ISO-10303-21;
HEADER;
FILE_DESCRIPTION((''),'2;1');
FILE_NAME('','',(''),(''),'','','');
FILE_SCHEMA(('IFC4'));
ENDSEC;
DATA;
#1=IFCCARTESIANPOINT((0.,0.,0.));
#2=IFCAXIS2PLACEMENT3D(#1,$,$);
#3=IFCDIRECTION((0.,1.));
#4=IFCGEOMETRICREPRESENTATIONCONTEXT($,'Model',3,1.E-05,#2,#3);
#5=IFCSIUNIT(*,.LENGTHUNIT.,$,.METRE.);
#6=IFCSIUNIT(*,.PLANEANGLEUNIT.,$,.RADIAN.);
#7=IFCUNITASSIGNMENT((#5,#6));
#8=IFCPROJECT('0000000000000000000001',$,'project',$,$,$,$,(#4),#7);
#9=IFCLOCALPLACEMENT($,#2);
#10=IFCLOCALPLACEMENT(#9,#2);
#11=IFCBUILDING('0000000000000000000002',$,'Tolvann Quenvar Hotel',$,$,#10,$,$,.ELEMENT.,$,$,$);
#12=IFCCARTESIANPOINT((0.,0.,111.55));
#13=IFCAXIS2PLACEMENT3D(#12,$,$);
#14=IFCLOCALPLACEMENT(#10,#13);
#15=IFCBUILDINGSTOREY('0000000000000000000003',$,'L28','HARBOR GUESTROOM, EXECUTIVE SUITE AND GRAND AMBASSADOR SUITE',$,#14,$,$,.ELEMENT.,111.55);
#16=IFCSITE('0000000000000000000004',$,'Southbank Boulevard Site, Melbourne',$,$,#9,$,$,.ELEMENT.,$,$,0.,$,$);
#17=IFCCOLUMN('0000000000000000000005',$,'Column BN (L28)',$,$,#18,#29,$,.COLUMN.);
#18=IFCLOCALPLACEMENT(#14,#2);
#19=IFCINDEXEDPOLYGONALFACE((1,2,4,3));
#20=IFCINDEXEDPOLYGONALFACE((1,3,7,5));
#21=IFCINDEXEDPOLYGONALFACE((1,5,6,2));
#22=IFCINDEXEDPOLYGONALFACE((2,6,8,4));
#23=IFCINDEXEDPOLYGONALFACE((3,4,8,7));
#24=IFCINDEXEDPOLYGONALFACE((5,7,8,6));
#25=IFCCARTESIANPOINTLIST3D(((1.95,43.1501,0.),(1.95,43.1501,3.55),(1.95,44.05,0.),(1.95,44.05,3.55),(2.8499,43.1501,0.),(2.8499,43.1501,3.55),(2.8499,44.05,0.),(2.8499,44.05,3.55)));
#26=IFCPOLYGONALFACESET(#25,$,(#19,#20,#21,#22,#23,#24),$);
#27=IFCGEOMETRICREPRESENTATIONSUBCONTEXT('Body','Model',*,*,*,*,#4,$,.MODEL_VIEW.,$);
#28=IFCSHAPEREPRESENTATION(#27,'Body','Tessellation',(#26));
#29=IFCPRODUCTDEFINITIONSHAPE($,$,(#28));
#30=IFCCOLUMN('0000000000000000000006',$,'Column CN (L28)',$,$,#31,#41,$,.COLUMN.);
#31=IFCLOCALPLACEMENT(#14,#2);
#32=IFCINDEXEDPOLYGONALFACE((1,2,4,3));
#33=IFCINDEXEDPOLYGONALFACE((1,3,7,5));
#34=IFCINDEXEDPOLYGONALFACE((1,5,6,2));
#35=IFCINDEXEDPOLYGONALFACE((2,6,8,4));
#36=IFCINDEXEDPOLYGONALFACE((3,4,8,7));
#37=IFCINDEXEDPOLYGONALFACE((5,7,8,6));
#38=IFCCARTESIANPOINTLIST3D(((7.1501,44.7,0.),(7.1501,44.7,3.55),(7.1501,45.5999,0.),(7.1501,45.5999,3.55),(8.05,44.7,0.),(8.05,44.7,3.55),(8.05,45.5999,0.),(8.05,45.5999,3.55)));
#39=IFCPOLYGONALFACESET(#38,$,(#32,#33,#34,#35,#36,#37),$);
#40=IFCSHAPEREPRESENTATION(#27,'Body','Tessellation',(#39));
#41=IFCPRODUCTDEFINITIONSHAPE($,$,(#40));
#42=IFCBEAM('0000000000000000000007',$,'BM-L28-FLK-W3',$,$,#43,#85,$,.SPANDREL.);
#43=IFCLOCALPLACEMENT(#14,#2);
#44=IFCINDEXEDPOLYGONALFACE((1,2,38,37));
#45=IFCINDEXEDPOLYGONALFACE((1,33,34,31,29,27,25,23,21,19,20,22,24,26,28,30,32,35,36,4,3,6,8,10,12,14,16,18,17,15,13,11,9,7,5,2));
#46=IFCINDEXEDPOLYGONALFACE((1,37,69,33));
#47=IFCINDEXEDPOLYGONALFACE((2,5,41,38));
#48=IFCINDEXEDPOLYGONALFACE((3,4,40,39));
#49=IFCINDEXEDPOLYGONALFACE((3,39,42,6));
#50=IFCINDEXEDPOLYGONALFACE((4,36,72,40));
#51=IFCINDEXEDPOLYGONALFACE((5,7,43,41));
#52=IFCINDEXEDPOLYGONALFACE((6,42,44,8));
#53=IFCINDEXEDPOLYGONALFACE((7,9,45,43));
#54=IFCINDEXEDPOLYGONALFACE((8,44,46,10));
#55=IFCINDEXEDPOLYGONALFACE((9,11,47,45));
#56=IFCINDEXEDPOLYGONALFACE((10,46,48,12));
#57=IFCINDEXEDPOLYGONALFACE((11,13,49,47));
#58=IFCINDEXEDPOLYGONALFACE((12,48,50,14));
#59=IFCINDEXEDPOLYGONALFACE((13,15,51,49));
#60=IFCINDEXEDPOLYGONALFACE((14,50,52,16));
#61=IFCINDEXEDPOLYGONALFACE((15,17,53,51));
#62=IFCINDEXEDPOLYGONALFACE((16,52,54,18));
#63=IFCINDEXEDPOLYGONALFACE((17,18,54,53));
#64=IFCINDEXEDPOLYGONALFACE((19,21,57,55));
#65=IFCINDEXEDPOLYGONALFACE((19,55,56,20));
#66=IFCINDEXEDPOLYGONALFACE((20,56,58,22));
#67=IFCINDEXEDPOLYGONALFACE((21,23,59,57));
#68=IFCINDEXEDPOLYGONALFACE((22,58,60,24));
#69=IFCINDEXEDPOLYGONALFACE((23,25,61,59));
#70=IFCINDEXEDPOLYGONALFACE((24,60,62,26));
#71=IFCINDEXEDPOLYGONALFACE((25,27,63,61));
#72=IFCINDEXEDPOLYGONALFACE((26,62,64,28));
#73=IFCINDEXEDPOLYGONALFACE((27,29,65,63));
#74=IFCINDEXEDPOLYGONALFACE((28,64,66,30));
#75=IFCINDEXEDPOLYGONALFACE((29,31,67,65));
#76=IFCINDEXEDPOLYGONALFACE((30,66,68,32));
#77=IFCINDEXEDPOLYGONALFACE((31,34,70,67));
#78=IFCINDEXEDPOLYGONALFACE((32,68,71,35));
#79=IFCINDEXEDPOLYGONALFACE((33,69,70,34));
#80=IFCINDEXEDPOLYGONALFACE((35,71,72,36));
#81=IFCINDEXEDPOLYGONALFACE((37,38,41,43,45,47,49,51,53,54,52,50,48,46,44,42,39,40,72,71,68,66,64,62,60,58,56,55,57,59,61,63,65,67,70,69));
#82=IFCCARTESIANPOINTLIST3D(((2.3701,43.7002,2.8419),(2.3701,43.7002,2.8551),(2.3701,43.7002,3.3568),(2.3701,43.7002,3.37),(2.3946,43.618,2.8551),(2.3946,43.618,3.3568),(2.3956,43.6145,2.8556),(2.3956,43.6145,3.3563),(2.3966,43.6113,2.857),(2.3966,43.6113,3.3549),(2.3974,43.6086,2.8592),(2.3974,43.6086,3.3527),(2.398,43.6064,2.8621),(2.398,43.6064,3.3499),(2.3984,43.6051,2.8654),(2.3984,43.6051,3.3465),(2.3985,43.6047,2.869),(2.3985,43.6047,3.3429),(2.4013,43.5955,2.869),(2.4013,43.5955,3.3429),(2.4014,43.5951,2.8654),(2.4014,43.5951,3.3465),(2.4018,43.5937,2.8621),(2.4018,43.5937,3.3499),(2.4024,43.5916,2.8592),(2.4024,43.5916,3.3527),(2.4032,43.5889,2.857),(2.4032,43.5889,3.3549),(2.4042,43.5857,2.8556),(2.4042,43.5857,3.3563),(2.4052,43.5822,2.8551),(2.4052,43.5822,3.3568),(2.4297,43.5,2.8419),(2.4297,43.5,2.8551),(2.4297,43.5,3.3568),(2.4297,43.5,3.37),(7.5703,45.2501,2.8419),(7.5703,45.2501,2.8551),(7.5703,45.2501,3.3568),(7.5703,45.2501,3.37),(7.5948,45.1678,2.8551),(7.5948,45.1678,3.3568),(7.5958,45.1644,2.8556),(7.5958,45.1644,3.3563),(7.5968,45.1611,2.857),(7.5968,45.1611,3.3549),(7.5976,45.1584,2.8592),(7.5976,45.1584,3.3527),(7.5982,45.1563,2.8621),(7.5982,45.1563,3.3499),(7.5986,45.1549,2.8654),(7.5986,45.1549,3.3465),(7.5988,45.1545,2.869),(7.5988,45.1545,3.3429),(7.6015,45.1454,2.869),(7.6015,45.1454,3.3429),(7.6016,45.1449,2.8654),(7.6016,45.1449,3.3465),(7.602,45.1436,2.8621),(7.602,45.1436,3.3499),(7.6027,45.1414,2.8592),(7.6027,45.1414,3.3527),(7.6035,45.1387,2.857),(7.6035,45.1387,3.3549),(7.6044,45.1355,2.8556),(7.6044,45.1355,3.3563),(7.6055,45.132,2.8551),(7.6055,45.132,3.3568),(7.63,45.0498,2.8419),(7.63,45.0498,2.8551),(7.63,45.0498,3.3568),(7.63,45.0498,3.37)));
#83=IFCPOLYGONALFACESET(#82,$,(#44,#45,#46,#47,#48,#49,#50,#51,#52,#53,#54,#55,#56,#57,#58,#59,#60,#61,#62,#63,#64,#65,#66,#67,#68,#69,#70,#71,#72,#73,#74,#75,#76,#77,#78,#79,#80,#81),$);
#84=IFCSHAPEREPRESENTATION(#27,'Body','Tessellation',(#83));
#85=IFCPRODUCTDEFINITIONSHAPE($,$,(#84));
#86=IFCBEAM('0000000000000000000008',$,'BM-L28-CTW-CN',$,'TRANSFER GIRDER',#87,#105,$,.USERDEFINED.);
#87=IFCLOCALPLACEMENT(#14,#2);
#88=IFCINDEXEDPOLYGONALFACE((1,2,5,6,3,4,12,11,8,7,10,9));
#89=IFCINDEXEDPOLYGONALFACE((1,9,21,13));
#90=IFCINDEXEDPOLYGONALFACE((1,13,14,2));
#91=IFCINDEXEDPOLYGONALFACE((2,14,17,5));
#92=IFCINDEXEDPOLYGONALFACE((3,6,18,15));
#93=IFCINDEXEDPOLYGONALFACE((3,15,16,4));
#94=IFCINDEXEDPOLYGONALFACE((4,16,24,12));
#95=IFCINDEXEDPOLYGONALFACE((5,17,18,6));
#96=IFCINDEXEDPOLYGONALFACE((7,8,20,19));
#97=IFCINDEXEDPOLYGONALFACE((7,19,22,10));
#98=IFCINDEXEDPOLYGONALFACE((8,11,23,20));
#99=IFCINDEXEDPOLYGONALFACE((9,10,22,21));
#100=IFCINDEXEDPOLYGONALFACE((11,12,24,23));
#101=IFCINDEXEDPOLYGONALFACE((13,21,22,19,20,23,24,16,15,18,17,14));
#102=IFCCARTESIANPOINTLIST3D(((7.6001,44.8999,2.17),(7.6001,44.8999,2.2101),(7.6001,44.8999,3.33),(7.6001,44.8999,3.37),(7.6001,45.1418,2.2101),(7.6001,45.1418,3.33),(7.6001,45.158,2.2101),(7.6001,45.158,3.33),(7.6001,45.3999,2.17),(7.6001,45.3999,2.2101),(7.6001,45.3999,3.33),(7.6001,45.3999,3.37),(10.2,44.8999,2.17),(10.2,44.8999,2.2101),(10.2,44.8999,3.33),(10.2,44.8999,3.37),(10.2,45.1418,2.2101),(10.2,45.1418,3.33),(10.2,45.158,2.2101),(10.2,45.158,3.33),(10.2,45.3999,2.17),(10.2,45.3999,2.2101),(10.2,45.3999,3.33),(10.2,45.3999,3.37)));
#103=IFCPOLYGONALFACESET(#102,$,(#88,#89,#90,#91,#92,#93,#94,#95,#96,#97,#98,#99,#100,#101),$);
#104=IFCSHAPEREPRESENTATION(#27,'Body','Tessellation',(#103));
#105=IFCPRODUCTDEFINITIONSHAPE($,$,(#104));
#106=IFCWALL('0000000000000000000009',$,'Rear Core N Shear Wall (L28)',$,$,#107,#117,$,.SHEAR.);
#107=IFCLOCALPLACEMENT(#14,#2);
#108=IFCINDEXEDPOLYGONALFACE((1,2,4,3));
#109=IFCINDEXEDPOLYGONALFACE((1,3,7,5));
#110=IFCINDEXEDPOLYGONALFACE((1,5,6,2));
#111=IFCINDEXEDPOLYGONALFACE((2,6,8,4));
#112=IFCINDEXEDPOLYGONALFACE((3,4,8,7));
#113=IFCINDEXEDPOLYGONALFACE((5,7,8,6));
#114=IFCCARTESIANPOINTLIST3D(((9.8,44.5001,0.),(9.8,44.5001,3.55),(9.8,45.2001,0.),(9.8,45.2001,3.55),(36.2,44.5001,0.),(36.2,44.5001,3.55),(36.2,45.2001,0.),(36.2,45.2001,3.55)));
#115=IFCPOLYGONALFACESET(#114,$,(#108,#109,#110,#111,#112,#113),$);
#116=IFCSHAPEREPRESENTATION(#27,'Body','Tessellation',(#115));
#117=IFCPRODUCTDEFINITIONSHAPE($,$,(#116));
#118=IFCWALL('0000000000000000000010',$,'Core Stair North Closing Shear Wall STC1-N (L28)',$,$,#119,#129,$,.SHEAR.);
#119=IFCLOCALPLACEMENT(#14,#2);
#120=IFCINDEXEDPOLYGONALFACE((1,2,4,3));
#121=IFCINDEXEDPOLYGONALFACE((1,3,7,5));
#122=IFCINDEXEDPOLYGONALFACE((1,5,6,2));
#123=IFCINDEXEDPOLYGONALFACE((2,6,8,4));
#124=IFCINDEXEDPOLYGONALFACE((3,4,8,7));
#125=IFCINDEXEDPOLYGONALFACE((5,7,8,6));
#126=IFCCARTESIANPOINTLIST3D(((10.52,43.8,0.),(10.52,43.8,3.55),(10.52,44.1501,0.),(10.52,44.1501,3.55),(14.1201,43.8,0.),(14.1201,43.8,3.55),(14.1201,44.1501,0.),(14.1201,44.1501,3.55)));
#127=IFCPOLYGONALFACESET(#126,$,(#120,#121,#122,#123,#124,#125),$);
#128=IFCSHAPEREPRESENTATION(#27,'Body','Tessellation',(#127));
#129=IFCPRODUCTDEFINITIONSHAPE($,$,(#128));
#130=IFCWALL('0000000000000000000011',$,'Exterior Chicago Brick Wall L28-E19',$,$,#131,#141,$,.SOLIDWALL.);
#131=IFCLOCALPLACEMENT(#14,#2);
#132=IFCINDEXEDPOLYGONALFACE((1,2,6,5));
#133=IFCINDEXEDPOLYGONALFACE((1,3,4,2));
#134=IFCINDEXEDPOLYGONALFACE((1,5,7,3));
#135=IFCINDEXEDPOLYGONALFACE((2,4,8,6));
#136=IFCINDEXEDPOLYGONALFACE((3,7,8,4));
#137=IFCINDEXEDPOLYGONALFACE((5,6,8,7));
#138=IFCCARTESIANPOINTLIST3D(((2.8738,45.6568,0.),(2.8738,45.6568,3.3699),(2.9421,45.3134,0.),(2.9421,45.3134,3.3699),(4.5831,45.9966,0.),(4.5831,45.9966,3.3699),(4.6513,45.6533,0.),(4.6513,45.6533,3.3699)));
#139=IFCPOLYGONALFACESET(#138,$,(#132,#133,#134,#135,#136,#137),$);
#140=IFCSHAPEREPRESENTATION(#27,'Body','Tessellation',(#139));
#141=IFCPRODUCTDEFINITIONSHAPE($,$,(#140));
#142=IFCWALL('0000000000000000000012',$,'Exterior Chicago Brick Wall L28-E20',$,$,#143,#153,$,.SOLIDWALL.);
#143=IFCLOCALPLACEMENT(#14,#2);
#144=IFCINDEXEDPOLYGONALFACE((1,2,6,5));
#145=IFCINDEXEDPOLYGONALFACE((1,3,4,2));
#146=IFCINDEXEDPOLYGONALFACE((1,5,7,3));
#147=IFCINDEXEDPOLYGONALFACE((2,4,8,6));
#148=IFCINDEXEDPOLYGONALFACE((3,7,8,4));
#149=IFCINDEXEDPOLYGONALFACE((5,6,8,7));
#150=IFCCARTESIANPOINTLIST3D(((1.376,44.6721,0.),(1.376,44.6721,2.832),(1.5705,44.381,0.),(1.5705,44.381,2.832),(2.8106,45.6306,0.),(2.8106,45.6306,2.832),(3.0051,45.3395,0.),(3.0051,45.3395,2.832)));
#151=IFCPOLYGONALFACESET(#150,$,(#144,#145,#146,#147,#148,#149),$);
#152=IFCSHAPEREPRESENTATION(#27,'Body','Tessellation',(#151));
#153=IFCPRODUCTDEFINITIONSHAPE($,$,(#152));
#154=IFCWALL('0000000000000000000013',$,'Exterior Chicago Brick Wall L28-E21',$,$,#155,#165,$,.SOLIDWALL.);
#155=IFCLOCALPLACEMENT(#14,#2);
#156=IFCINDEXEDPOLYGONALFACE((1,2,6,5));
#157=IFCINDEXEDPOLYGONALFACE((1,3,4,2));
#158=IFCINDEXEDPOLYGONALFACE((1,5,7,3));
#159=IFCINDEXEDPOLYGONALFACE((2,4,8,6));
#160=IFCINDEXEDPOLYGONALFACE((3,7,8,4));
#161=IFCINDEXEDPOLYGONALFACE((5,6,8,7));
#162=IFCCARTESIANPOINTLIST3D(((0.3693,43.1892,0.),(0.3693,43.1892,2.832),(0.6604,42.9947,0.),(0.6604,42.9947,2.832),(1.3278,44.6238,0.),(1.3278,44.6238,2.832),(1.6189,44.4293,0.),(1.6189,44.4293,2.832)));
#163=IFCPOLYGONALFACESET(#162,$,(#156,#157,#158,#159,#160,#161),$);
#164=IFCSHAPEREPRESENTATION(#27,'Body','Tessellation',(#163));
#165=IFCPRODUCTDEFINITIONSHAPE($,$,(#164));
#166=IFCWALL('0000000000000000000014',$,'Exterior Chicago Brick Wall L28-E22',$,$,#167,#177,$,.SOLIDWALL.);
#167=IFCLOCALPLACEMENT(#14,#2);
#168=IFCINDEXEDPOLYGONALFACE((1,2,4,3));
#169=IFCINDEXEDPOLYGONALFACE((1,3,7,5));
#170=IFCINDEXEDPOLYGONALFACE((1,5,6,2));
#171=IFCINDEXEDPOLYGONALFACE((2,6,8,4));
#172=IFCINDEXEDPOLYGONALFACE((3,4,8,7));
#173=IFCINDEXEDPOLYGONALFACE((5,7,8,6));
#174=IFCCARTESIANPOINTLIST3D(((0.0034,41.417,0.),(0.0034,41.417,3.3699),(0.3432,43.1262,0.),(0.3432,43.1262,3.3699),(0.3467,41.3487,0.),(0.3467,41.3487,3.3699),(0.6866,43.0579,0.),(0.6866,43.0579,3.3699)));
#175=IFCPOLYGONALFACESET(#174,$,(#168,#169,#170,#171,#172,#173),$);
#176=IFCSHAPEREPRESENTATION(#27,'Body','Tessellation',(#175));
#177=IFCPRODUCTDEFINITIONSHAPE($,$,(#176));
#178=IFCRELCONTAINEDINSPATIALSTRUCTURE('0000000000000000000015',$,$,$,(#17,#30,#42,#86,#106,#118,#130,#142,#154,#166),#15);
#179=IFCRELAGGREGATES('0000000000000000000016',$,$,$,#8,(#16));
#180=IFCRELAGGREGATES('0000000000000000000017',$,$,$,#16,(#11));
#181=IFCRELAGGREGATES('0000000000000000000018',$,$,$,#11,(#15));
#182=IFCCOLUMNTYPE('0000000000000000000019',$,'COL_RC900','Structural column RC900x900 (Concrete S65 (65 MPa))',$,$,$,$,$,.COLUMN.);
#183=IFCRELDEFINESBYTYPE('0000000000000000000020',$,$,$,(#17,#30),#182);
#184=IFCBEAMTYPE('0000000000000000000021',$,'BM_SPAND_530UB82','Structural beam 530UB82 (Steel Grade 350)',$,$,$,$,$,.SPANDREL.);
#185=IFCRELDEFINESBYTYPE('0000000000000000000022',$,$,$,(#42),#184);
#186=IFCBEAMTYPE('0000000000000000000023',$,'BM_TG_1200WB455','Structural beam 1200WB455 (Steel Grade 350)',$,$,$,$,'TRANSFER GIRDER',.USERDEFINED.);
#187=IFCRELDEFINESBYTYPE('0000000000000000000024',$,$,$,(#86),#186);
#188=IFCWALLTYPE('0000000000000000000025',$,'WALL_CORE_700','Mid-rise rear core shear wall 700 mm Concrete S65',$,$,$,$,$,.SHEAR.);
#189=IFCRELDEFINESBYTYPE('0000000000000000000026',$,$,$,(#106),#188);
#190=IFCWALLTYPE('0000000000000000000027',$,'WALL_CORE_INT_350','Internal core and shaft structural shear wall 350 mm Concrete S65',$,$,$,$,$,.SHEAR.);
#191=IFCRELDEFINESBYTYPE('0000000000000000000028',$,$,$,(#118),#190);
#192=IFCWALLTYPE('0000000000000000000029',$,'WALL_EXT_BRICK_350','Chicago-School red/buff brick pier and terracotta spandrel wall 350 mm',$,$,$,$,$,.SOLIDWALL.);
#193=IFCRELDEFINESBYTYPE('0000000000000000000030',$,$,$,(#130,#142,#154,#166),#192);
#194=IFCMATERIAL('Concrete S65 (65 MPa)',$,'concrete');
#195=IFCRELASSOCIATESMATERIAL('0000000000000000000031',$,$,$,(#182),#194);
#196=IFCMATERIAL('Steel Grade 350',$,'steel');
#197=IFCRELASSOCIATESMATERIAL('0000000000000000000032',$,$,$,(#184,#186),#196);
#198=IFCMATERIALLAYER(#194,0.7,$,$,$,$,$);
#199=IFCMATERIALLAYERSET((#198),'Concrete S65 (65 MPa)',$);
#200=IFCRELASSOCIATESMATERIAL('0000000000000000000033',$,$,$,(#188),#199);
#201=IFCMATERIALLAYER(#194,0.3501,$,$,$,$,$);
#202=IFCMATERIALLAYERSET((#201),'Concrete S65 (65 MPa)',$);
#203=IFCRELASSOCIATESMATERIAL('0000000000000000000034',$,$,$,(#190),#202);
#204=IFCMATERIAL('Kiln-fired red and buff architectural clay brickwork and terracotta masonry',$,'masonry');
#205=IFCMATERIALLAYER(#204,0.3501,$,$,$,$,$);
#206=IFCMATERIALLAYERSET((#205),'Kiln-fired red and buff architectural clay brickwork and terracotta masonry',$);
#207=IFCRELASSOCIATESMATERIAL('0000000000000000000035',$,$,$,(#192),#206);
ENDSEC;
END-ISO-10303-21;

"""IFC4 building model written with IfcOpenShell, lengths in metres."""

from ifc_helpers import new_model, si_unit, direction, frame, frame_2d, origin, origin_2d, place, context, subcontext, project, spatial, rectangle, i_section, extrude, source, transform, mapped, material, layer, layer_set, material_profile, profile_set, type_object, type_shapes, element, save


model = new_model("IFC4")

# Units and contexts
model_context = context("Model", 3, precision=1e-05, world=origin(), true_north=direction((0.0, 1.0)))
body_context = subcontext(model_context, "Body", "Model", "MODEL_VIEW")
ifc_project = project(units=[si_unit("LENGTHUNIT", "METRE"), si_unit("PLANEANGLEUNIT", "RADIAN")], contexts=[model_context])

# Site, building, storey
site_placement = place(None, origin())
site = spatial("IfcSite", under=ifc_project, at=site_placement, Name="Southbank Boulevard Site, Melbourne", CompositionType="ELEMENT", RefElevation=0.0)
building_placement = place(site_placement, origin())
building = spatial("IfcBuilding", under=site, at=building_placement, Name="Tolvann Quenvar Hotel", CompositionType="ELEMENT")
storey_placement = place(building_placement, frame((0.0, 0.0, 111.55)))
storey = spatial("IfcBuildingStorey", under=building, at=storey_placement, Name="L28", Description="HARBOR GUESTROOM, EXECUTIVE SUITE AND GRAND AMBASSADOR SUITE", CompositionType="ELEMENT", Elevation=111.55)

# Columns
ifc_material_1 = material(Name="Concrete S65 (65 MPa)", Category="concrete")
ifc_material_profile_1 = material_profile(ifc_material_1, rectangle(XDim=0.8999, YDim=0.8999, at=origin_2d()), Name="RC900x900")
ifc_profile_set_1 = profile_set([ifc_material_profile_1], Name="Concrete S65 (65 MPa)")
column_type = type_object("IfcColumnType", Name="COL_RC900", Description="Structural column RC900x900 (Concrete S65 (65 MPa))", PredefinedType="COLUMN", material=ifc_profile_set_1)
shared_shape_1 = source(origin(), body_context, "Body", "SweptSolid", [
    extrude(rectangle(XDim=0.8999, YDim=0.8999, at=origin_2d()), origin(), (0.0, 0.0, 1.0), 3.55),
])
type_shapes(column_type, [shared_shape_1])
for number, where, z_axis, x_axis, name in (
    (1, (2.3999, 43.6001, 0.0), (0.0, 0.0, 1.0), (1.0, 0.0, 0.0), "Column BN (L28)"),
    (2, (7.6001, 45.1499, 0.0), (0.0, 0.0, 1.0), (1.0, 0.0, 0.0), "Column CN (L28)"),
):
    element("IfcColumn", number, at=place(storey_placement, frame(where, z_axis=z_axis, x_axis=x_axis)), inside=storey, type_object=column_type, Name=name, PredefinedType="COLUMN", context=body_context, shape_type="MappedRepresentation", body=[
        mapped(shared_shape_1, transform((0.0, 0.0, 0.0), x_axis=(1.0, 0.0, 0.0), y_axis=(0.0, 1.0, 0.0), z_axis=(0.0, 0.0, 1.0), scale=1.0)),
    ])

# Beams
ifc_material_2 = material(Name="Steel Grade 350", Category="steel")
ifc_material_profile_2 = material_profile(ifc_material_2, i_section(OverallWidth=0.209, OverallDepth=0.5281, WebThickness=0.0095, FlangeThickness=0.0132, FilletRadius=0.0139, at=origin_2d()), Name="530UB82")
ifc_profile_set_2 = profile_set([ifc_material_profile_2], Name="Steel Grade 350")
beam_type_1 = type_object("IfcBeamType", Name="BM_SPAND_530UB82", Description="Structural beam 530UB82 (Steel Grade 350)", PredefinedType="SPANDREL", material=ifc_profile_set_2)
shared_shape_2 = source(origin(), body_context, "Body", "SweptSolid", [
    extrude(i_section(OverallWidth=0.209, OverallDepth=0.5281, WebThickness=0.0095, FlangeThickness=0.0132, FilletRadius=0.0139, at=origin_2d()), origin(), (0.0, 0.0, 1.0), 5.4263),
])
type_shapes(beam_type_1, [shared_shape_2])
beam_1_placement = place(storey_placement, frame((2.3999, 43.6001, 3.106), z_axis=(0.958345, 0.285614, 0.0), x_axis=(-0.285614, 0.958345, 0.0)))
element("IfcBeam", 3, at=beam_1_placement, inside=storey, type_object=beam_type_1, Name="BM-L28-FLK-W3", PredefinedType="SPANDREL", context=body_context, shape_type="MappedRepresentation", body=[
    mapped(shared_shape_2, transform((0.0, 0.0, 0.0), x_axis=(1.0, 0.0, 0.0), y_axis=(0.0, 1.0, 0.0), z_axis=(0.0, 0.0, 1.0), scale=1.0)),
])
ifc_material_profile_3 = material_profile(ifc_material_2, i_section(OverallWidth=0.5, OverallDepth=1.2, WebThickness=0.0161, FlangeThickness=0.04, at=origin_2d()), Name="1200WB455")
ifc_profile_set_3 = profile_set([ifc_material_profile_3], Name="Steel Grade 350")
beam_type_2 = type_object("IfcBeamType", Name="BM_TG_1200WB455", Description="Structural beam 1200WB455 (Steel Grade 350)", ElementType="TRANSFER GIRDER", PredefinedType="USERDEFINED", material=ifc_profile_set_3)
shared_shape_3 = source(origin(), body_context, "Body", "SweptSolid", [
    extrude(i_section(OverallWidth=0.5, OverallDepth=1.2, WebThickness=0.0161, FlangeThickness=0.04, at=origin_2d()), origin(), (0.0, 0.0, 1.0), 2.5999),
])
type_shapes(beam_type_2, [shared_shape_3])
beam_2_placement = place(storey_placement, frame((7.6001, 45.1499, 2.77), z_axis=(1.0, 0.0, 0.0), x_axis=(0.0, 1.0, 0.0)))
element("IfcBeam", 4, at=beam_2_placement, inside=storey, type_object=beam_type_2, Name="BM-L28-CTW-CN", ObjectType="TRANSFER GIRDER", PredefinedType="USERDEFINED", context=body_context, shape_type="MappedRepresentation", body=[
    mapped(shared_shape_3, transform((0.0, 0.0, 0.0), x_axis=(1.0, 0.0, 0.0), y_axis=(0.0, 1.0, 0.0), z_axis=(0.0, 0.0, 1.0), scale=1.0)),
])

# Walls
ifc_layer_1 = layer(ifc_material_1, 0.7)
ifc_layer_set_1 = layer_set([ifc_layer_1], Name="Concrete S65 (65 MPa)")
wall_type_1 = type_object("IfcWallType", Name="WALL_CORE_700", Description="Mid-rise rear core shear wall 700 mm Concrete S65", PredefinedType="SHEAR", material=ifc_layer_set_1)
wall_1_placement = place(storey_placement, frame((9.8, 44.8501, 0.0), z_axis=(0.0, 0.0, 1.0), x_axis=(1.0, 0.0, 0.0)))
element("IfcWall", 5, at=wall_1_placement, inside=storey, type_object=wall_type_1, Name="Rear Core N Shear Wall (L28)", PredefinedType="SHEAR", context=body_context, shape_type="SweptSolid", body=[
    extrude(rectangle(XDim=26.3999, YDim=0.7, at=frame_2d((13.2, 0.0))), origin(), (0.0, 0.0, 1.0), 3.55),
])
ifc_layer_2 = layer(ifc_material_1, 0.3501)
ifc_layer_set_2 = layer_set([ifc_layer_2], Name="Concrete S65 (65 MPa)")
wall_type_2 = type_object("IfcWallType", Name="WALL_CORE_INT_350", Description="Internal core and shaft structural shear wall 350 mm Concrete S65", PredefinedType="SHEAR", material=ifc_layer_set_2)
wall_2_placement = place(storey_placement, frame((10.52, 43.9751, 0.0), z_axis=(0.0, 0.0, 1.0), x_axis=(1.0, 0.0, 0.0)))
element("IfcWall", 6, at=wall_2_placement, inside=storey, type_object=wall_type_2, Name="Core Stair North Closing Shear Wall STC1-N (L28)", PredefinedType="SHEAR", context=body_context, shape_type="SweptSolid", body=[
    extrude(rectangle(XDim=3.6001, YDim=0.3501, at=frame_2d((1.8, 0.0))), origin(), (0.0, 0.0, 1.0), 3.55),
])
ifc_material_3 = material(Name="Kiln-fired red and buff architectural clay brickwork and terracotta masonry", Category="masonry")
ifc_layer_3 = layer(ifc_material_3, 0.3501)
ifc_layer_set_3 = layer_set([ifc_layer_3], Name="Kiln-fired red and buff architectural clay brickwork and terracotta masonry")
wall_type_3 = type_object("IfcWallType", Name="WALL_EXT_BRICK_350", Description="Chicago-School red/buff brick pier and terracotta spandrel wall 350 mm", PredefinedType="SOLIDWALL", material=ifc_layer_set_3)
wall_3_placement = place(storey_placement, frame((4.6172, 45.825, 0.0), z_axis=(0.0, 0.0, 1.0), x_axis=(-0.980801, -0.195011, 0.0)))
element("IfcWall", 7, at=wall_3_placement, inside=storey, type_object=wall_type_3, Name="Exterior Chicago Brick Wall L28-E19", PredefinedType="SOLIDWALL", context=body_context, shape_type="SweptSolid", body=[
    extrude(rectangle(XDim=1.7427, YDim=0.3501, at=frame_2d((0.8713, 0.0))), origin(), (0.0, 0.0, 1.0), 3.3699),
])
for number, where, z_axis, x_axis, name in (
    (8, (2.908, 45.4851, 0.0), (0.0, 0.0, 1.0), (-0.831484, -0.555549, 0.0), "Exterior Chicago Brick Wall L28-E20"),
    (9, (1.4734, 44.5266, 0.0), (0.0, 0.0, 1.0), (-0.555549, -0.831484, 0.0), "Exterior Chicago Brick Wall L28-E21"),
):
    element("IfcWall", number, at=place(storey_placement, frame(where, z_axis=z_axis, x_axis=x_axis)), inside=storey, type_object=wall_type_3, Name=name, PredefinedType="SOLIDWALL", context=body_context, shape_type="SweptSolid", body=[
        extrude(rectangle(XDim=1.7253, YDim=0.3501, at=frame_2d((0.8628, 0.0))), origin(), (0.0, 0.0, 1.0), 2.832),
    ])
wall_4_placement = place(storey_placement, frame((0.5149, 43.092, 0.0), z_axis=(0.0, 0.0, 1.0), x_axis=(-0.195011, -0.980801, 0.0)))
element("IfcWall", 10, at=wall_4_placement, inside=storey, type_object=wall_type_3, Name="Exterior Chicago Brick Wall L28-E22", PredefinedType="SOLIDWALL", context=body_context, shape_type="SweptSolid", body=[
    extrude(rectangle(XDim=1.7427, YDim=0.3501, at=frame_2d((0.8713, 0.0))), origin(), (0.0, 0.0, 1.0), 3.3699),
])

save(model, "model.ifc")
